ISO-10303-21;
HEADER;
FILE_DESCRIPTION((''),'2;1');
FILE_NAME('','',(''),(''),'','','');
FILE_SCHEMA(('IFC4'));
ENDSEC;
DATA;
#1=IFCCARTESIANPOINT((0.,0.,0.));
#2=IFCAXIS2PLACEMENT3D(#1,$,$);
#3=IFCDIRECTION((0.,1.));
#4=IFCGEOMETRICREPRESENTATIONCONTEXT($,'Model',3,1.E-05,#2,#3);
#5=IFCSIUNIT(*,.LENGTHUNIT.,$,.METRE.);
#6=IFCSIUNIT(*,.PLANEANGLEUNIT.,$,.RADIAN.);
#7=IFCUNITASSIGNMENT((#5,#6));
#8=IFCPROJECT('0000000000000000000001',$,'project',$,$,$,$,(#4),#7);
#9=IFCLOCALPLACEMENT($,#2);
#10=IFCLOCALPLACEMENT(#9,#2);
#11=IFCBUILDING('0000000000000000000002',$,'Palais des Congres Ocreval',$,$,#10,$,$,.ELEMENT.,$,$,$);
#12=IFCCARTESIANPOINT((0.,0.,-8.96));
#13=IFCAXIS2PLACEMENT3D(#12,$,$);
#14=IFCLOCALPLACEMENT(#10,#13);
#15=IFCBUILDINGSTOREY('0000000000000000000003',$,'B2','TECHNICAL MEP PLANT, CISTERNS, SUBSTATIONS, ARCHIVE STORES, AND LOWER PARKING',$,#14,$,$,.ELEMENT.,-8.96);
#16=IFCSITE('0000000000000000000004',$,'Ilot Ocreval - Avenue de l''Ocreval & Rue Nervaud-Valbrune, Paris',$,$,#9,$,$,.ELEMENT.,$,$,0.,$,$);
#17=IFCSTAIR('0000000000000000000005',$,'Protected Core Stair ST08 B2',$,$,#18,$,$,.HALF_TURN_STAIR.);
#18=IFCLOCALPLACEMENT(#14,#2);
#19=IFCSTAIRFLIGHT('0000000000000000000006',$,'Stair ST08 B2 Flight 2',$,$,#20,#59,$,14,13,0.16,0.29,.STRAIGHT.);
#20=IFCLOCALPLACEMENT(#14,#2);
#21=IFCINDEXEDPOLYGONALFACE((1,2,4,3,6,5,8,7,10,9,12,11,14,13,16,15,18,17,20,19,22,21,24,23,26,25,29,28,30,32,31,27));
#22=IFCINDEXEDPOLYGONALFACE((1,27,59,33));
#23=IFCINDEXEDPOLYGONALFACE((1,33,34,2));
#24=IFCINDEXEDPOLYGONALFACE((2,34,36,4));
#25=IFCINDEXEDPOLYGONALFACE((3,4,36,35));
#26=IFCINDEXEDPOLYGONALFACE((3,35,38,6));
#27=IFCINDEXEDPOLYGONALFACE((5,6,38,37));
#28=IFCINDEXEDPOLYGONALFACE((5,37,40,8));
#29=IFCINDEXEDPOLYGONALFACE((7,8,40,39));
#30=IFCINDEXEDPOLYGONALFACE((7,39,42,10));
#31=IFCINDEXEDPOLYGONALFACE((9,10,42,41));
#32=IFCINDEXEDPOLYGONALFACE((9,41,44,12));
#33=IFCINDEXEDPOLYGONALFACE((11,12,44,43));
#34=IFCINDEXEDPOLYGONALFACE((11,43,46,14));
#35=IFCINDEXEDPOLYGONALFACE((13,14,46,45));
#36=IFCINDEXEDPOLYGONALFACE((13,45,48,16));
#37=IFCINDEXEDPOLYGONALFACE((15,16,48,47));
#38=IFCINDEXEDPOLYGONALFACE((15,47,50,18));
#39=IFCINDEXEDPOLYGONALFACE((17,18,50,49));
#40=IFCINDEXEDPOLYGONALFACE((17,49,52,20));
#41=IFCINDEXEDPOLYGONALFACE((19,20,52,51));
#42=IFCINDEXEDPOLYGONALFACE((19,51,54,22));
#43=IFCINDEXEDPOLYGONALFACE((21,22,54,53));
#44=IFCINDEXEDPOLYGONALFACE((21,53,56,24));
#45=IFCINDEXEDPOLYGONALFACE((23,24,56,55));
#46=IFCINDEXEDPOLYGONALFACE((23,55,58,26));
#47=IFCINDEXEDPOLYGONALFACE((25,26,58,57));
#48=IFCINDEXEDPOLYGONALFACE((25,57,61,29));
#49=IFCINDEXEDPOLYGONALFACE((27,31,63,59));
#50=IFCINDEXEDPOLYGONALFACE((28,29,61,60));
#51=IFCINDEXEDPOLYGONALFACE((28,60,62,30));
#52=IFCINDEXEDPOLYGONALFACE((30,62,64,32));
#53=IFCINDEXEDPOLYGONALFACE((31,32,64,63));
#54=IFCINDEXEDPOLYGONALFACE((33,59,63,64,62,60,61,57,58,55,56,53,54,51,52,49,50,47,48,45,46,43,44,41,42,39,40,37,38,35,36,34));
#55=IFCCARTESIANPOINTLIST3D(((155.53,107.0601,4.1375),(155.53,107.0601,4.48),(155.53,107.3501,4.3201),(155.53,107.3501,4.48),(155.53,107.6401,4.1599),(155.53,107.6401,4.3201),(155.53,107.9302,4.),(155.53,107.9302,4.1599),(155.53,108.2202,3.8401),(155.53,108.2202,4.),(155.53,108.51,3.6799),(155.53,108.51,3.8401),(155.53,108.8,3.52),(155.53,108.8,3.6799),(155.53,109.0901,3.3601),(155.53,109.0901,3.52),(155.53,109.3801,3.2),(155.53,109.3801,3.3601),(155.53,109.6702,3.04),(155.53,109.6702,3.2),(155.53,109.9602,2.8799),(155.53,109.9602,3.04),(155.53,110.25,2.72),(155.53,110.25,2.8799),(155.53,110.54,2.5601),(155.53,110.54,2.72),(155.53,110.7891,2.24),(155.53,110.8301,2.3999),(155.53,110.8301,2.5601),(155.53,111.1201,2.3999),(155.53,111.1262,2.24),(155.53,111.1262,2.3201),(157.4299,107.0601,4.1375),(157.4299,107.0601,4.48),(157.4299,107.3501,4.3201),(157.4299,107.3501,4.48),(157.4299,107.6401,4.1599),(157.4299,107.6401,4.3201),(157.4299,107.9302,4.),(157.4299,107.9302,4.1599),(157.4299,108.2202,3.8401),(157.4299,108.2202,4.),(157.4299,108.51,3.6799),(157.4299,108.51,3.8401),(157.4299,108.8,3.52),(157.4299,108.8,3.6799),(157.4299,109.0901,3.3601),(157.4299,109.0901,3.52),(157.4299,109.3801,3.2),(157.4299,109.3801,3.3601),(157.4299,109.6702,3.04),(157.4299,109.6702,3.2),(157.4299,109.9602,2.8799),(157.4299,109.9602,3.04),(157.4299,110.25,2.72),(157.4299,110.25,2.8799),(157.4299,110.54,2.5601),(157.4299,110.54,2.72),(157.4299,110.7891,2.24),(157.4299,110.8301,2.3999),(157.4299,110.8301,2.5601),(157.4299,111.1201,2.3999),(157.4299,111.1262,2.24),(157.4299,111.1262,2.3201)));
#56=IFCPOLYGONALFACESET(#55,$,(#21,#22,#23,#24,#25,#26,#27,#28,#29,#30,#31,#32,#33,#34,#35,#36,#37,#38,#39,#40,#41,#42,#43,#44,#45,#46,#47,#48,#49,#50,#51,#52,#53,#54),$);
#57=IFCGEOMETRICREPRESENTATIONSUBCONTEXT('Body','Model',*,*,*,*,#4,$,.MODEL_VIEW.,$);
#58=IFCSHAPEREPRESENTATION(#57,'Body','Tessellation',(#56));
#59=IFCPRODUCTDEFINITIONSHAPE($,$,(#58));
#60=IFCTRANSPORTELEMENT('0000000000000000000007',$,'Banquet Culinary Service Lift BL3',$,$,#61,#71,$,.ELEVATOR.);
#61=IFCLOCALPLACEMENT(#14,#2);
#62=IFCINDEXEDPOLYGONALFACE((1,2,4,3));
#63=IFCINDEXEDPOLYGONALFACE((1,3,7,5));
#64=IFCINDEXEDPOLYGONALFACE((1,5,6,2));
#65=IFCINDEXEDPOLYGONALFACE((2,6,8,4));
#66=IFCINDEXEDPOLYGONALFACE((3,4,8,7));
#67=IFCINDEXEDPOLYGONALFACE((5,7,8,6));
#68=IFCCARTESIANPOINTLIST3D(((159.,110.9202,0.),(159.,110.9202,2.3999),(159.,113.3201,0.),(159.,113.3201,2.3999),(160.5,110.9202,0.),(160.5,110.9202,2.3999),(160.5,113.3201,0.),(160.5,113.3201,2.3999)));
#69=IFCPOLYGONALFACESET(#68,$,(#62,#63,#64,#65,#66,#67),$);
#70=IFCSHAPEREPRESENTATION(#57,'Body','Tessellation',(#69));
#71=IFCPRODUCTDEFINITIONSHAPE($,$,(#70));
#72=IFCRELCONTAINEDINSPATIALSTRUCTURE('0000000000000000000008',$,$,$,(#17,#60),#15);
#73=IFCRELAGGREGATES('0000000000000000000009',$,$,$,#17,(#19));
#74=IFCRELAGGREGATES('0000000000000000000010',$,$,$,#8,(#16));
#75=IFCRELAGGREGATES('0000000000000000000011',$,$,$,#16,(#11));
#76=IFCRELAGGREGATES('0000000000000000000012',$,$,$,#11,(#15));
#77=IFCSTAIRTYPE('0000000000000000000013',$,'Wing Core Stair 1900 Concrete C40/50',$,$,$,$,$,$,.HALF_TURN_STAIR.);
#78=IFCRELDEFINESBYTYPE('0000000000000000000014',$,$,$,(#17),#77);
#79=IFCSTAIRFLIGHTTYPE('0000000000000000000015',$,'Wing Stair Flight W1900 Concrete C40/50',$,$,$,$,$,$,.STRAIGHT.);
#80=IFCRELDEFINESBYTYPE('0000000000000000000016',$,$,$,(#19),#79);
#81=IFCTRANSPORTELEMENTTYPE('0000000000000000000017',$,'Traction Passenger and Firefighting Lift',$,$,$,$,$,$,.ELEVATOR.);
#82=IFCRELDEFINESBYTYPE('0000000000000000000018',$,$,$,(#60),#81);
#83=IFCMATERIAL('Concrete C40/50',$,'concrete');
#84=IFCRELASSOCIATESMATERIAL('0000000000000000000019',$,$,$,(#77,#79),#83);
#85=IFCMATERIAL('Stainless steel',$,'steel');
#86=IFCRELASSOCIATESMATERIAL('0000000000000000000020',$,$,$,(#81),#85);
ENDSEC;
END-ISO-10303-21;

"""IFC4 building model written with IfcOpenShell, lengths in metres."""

from ifc_helpers import new_model, si_unit, direction, frame, origin, origin_2d, place, context, subcontext, project, spatial, polyline, rectangle, outline, extrude, material, type_object, element, aggregate, save


model = new_model("IFC4")

# Units and contexts
model_context = context("Model", 3, precision=1e-05, world=origin(), true_north=direction((0.0, 1.0)))
body_context = subcontext(model_context, "Body", "Model", "MODEL_VIEW")
ifc_project = project(units=[si_unit("LENGTHUNIT", "METRE"), si_unit("PLANEANGLEUNIT", "RADIAN")], contexts=[model_context])

# Site, building, storey
site_placement = place(None, origin())
site = spatial("IfcSite", under=ifc_project, at=site_placement, Name="Ilot Ocreval - Avenue de l'Ocreval & Rue Nervaud-Valbrune, Paris", CompositionType="ELEMENT", RefElevation=0.0)
building_placement = place(site_placement, origin())
building = spatial("IfcBuilding", under=site, at=building_placement, Name="Palais des Congres Ocreval", CompositionType="ELEMENT")
storey_placement = place(building_placement, frame((0.0, 0.0, -8.96)))
storey = spatial("IfcBuildingStorey", under=building, at=storey_placement, Name="B2", Description="TECHNICAL MEP PLANT, CISTERNS, SUBSTATIONS, ARCHIVE STORES, AND LOWER PARKING", CompositionType="ELEMENT", Elevation=-8.96)

# Shared definitions
ifc_material_1 = material(Name="Concrete C40/50", Category="concrete")

# Stair, stair flight
stair_type = type_object("IfcStairType", Name="Wing Core Stair 1900 Concrete C40/50", PredefinedType="HALF_TURN_STAIR", material=ifc_material_1)
stair_placement = place(storey_placement, origin())
stair = element("IfcStair", 1, at=stair_placement, inside=storey, type_object=stair_type, Name="Protected Core Stair ST08 B2", PredefinedType="HALF_TURN_STAIR")
stair_flight_type = type_object("IfcStairFlightType", Name="Wing Stair Flight W1900 Concrete C40/50", PredefinedType="STRAIGHT", material=ifc_material_1)
stair_flight_placement = place(storey_placement, frame((156.48, 111.1201, 2.24), z_axis=(0.0, 0.0, 1.0), x_axis=(0.0, -1.0, 0.0)))
stair_flight = element("IfcStairFlight", 2, at=stair_flight_placement, type_object=stair_flight_type, Name="Stair ST08 B2 Flight 2", NumberOfRisers=14, NumberOfTreads=13, PredefinedType="STRAIGHT", RiserHeight=0.16, TreadLength=0.29, context=body_context, shape_type="SweptSolid", body=[
    extrude(outline(polyline([(-0.0061, 0.0), (-0.0061, 0.0801), (0.0, 0.1599), (0.29, 0.1599), (0.29, 0.3201), (0.5801, 0.3201), (0.5801, 0.48), (0.8701, 0.48), (0.8701, 0.6399), (1.1599, 0.6399), (1.1599, 0.8), (1.45, 0.8), (1.45, 0.96), (1.74, 0.96), (1.74, 1.1201), (2.03, 1.1201), (2.03, 1.28), (2.3201, 1.28), (2.3201, 1.4399), (2.6101, 1.4399), (2.6101, 1.6001), (2.8999, 1.6001), (2.8999, 1.76), (3.1899, 1.76), (3.1899, 1.9199), (3.48, 1.9199), (3.48, 2.0801), (3.77, 2.0801), (3.77, 2.24), (4.0601, 2.24), (4.0601, 1.8975), (0.3311, 0.0), (-0.0061, 0.0)])), frame((0.0, 0.95, 0.0), z_axis=(0.0, -1.0, 0.0), x_axis=(1.0, 0.0, 0.0)), (0.0, 0.0, 1.0), 1.8999),
])
aggregate(stair, [stair_flight])

# Transport element
ifc_material_2 = material(Name="Stainless steel", Category="steel")
transport_element_type = type_object("IfcTransportElementType", Name="Traction Passenger and Firefighting Lift", PredefinedType="ELEVATOR", material=ifc_material_2)
transport_element_placement = place(storey_placement, frame((159.75, 112.1201, 0.0), z_axis=(0.0, 0.0, 1.0), x_axis=(1.0, 0.0, 0.0)))
element("IfcTransportElement", 3, at=transport_element_placement, inside=storey, type_object=transport_element_type, Name="Banquet Culinary Service Lift BL3", PredefinedType="ELEVATOR", context=body_context, shape_type="SweptSolid", body=[
    extrude(rectangle(XDim=1.5, YDim=2.3999, at=origin_2d()), origin(), (0.0, 0.0, 1.0), 2.3999),
])

save(model, "model.ifc")
